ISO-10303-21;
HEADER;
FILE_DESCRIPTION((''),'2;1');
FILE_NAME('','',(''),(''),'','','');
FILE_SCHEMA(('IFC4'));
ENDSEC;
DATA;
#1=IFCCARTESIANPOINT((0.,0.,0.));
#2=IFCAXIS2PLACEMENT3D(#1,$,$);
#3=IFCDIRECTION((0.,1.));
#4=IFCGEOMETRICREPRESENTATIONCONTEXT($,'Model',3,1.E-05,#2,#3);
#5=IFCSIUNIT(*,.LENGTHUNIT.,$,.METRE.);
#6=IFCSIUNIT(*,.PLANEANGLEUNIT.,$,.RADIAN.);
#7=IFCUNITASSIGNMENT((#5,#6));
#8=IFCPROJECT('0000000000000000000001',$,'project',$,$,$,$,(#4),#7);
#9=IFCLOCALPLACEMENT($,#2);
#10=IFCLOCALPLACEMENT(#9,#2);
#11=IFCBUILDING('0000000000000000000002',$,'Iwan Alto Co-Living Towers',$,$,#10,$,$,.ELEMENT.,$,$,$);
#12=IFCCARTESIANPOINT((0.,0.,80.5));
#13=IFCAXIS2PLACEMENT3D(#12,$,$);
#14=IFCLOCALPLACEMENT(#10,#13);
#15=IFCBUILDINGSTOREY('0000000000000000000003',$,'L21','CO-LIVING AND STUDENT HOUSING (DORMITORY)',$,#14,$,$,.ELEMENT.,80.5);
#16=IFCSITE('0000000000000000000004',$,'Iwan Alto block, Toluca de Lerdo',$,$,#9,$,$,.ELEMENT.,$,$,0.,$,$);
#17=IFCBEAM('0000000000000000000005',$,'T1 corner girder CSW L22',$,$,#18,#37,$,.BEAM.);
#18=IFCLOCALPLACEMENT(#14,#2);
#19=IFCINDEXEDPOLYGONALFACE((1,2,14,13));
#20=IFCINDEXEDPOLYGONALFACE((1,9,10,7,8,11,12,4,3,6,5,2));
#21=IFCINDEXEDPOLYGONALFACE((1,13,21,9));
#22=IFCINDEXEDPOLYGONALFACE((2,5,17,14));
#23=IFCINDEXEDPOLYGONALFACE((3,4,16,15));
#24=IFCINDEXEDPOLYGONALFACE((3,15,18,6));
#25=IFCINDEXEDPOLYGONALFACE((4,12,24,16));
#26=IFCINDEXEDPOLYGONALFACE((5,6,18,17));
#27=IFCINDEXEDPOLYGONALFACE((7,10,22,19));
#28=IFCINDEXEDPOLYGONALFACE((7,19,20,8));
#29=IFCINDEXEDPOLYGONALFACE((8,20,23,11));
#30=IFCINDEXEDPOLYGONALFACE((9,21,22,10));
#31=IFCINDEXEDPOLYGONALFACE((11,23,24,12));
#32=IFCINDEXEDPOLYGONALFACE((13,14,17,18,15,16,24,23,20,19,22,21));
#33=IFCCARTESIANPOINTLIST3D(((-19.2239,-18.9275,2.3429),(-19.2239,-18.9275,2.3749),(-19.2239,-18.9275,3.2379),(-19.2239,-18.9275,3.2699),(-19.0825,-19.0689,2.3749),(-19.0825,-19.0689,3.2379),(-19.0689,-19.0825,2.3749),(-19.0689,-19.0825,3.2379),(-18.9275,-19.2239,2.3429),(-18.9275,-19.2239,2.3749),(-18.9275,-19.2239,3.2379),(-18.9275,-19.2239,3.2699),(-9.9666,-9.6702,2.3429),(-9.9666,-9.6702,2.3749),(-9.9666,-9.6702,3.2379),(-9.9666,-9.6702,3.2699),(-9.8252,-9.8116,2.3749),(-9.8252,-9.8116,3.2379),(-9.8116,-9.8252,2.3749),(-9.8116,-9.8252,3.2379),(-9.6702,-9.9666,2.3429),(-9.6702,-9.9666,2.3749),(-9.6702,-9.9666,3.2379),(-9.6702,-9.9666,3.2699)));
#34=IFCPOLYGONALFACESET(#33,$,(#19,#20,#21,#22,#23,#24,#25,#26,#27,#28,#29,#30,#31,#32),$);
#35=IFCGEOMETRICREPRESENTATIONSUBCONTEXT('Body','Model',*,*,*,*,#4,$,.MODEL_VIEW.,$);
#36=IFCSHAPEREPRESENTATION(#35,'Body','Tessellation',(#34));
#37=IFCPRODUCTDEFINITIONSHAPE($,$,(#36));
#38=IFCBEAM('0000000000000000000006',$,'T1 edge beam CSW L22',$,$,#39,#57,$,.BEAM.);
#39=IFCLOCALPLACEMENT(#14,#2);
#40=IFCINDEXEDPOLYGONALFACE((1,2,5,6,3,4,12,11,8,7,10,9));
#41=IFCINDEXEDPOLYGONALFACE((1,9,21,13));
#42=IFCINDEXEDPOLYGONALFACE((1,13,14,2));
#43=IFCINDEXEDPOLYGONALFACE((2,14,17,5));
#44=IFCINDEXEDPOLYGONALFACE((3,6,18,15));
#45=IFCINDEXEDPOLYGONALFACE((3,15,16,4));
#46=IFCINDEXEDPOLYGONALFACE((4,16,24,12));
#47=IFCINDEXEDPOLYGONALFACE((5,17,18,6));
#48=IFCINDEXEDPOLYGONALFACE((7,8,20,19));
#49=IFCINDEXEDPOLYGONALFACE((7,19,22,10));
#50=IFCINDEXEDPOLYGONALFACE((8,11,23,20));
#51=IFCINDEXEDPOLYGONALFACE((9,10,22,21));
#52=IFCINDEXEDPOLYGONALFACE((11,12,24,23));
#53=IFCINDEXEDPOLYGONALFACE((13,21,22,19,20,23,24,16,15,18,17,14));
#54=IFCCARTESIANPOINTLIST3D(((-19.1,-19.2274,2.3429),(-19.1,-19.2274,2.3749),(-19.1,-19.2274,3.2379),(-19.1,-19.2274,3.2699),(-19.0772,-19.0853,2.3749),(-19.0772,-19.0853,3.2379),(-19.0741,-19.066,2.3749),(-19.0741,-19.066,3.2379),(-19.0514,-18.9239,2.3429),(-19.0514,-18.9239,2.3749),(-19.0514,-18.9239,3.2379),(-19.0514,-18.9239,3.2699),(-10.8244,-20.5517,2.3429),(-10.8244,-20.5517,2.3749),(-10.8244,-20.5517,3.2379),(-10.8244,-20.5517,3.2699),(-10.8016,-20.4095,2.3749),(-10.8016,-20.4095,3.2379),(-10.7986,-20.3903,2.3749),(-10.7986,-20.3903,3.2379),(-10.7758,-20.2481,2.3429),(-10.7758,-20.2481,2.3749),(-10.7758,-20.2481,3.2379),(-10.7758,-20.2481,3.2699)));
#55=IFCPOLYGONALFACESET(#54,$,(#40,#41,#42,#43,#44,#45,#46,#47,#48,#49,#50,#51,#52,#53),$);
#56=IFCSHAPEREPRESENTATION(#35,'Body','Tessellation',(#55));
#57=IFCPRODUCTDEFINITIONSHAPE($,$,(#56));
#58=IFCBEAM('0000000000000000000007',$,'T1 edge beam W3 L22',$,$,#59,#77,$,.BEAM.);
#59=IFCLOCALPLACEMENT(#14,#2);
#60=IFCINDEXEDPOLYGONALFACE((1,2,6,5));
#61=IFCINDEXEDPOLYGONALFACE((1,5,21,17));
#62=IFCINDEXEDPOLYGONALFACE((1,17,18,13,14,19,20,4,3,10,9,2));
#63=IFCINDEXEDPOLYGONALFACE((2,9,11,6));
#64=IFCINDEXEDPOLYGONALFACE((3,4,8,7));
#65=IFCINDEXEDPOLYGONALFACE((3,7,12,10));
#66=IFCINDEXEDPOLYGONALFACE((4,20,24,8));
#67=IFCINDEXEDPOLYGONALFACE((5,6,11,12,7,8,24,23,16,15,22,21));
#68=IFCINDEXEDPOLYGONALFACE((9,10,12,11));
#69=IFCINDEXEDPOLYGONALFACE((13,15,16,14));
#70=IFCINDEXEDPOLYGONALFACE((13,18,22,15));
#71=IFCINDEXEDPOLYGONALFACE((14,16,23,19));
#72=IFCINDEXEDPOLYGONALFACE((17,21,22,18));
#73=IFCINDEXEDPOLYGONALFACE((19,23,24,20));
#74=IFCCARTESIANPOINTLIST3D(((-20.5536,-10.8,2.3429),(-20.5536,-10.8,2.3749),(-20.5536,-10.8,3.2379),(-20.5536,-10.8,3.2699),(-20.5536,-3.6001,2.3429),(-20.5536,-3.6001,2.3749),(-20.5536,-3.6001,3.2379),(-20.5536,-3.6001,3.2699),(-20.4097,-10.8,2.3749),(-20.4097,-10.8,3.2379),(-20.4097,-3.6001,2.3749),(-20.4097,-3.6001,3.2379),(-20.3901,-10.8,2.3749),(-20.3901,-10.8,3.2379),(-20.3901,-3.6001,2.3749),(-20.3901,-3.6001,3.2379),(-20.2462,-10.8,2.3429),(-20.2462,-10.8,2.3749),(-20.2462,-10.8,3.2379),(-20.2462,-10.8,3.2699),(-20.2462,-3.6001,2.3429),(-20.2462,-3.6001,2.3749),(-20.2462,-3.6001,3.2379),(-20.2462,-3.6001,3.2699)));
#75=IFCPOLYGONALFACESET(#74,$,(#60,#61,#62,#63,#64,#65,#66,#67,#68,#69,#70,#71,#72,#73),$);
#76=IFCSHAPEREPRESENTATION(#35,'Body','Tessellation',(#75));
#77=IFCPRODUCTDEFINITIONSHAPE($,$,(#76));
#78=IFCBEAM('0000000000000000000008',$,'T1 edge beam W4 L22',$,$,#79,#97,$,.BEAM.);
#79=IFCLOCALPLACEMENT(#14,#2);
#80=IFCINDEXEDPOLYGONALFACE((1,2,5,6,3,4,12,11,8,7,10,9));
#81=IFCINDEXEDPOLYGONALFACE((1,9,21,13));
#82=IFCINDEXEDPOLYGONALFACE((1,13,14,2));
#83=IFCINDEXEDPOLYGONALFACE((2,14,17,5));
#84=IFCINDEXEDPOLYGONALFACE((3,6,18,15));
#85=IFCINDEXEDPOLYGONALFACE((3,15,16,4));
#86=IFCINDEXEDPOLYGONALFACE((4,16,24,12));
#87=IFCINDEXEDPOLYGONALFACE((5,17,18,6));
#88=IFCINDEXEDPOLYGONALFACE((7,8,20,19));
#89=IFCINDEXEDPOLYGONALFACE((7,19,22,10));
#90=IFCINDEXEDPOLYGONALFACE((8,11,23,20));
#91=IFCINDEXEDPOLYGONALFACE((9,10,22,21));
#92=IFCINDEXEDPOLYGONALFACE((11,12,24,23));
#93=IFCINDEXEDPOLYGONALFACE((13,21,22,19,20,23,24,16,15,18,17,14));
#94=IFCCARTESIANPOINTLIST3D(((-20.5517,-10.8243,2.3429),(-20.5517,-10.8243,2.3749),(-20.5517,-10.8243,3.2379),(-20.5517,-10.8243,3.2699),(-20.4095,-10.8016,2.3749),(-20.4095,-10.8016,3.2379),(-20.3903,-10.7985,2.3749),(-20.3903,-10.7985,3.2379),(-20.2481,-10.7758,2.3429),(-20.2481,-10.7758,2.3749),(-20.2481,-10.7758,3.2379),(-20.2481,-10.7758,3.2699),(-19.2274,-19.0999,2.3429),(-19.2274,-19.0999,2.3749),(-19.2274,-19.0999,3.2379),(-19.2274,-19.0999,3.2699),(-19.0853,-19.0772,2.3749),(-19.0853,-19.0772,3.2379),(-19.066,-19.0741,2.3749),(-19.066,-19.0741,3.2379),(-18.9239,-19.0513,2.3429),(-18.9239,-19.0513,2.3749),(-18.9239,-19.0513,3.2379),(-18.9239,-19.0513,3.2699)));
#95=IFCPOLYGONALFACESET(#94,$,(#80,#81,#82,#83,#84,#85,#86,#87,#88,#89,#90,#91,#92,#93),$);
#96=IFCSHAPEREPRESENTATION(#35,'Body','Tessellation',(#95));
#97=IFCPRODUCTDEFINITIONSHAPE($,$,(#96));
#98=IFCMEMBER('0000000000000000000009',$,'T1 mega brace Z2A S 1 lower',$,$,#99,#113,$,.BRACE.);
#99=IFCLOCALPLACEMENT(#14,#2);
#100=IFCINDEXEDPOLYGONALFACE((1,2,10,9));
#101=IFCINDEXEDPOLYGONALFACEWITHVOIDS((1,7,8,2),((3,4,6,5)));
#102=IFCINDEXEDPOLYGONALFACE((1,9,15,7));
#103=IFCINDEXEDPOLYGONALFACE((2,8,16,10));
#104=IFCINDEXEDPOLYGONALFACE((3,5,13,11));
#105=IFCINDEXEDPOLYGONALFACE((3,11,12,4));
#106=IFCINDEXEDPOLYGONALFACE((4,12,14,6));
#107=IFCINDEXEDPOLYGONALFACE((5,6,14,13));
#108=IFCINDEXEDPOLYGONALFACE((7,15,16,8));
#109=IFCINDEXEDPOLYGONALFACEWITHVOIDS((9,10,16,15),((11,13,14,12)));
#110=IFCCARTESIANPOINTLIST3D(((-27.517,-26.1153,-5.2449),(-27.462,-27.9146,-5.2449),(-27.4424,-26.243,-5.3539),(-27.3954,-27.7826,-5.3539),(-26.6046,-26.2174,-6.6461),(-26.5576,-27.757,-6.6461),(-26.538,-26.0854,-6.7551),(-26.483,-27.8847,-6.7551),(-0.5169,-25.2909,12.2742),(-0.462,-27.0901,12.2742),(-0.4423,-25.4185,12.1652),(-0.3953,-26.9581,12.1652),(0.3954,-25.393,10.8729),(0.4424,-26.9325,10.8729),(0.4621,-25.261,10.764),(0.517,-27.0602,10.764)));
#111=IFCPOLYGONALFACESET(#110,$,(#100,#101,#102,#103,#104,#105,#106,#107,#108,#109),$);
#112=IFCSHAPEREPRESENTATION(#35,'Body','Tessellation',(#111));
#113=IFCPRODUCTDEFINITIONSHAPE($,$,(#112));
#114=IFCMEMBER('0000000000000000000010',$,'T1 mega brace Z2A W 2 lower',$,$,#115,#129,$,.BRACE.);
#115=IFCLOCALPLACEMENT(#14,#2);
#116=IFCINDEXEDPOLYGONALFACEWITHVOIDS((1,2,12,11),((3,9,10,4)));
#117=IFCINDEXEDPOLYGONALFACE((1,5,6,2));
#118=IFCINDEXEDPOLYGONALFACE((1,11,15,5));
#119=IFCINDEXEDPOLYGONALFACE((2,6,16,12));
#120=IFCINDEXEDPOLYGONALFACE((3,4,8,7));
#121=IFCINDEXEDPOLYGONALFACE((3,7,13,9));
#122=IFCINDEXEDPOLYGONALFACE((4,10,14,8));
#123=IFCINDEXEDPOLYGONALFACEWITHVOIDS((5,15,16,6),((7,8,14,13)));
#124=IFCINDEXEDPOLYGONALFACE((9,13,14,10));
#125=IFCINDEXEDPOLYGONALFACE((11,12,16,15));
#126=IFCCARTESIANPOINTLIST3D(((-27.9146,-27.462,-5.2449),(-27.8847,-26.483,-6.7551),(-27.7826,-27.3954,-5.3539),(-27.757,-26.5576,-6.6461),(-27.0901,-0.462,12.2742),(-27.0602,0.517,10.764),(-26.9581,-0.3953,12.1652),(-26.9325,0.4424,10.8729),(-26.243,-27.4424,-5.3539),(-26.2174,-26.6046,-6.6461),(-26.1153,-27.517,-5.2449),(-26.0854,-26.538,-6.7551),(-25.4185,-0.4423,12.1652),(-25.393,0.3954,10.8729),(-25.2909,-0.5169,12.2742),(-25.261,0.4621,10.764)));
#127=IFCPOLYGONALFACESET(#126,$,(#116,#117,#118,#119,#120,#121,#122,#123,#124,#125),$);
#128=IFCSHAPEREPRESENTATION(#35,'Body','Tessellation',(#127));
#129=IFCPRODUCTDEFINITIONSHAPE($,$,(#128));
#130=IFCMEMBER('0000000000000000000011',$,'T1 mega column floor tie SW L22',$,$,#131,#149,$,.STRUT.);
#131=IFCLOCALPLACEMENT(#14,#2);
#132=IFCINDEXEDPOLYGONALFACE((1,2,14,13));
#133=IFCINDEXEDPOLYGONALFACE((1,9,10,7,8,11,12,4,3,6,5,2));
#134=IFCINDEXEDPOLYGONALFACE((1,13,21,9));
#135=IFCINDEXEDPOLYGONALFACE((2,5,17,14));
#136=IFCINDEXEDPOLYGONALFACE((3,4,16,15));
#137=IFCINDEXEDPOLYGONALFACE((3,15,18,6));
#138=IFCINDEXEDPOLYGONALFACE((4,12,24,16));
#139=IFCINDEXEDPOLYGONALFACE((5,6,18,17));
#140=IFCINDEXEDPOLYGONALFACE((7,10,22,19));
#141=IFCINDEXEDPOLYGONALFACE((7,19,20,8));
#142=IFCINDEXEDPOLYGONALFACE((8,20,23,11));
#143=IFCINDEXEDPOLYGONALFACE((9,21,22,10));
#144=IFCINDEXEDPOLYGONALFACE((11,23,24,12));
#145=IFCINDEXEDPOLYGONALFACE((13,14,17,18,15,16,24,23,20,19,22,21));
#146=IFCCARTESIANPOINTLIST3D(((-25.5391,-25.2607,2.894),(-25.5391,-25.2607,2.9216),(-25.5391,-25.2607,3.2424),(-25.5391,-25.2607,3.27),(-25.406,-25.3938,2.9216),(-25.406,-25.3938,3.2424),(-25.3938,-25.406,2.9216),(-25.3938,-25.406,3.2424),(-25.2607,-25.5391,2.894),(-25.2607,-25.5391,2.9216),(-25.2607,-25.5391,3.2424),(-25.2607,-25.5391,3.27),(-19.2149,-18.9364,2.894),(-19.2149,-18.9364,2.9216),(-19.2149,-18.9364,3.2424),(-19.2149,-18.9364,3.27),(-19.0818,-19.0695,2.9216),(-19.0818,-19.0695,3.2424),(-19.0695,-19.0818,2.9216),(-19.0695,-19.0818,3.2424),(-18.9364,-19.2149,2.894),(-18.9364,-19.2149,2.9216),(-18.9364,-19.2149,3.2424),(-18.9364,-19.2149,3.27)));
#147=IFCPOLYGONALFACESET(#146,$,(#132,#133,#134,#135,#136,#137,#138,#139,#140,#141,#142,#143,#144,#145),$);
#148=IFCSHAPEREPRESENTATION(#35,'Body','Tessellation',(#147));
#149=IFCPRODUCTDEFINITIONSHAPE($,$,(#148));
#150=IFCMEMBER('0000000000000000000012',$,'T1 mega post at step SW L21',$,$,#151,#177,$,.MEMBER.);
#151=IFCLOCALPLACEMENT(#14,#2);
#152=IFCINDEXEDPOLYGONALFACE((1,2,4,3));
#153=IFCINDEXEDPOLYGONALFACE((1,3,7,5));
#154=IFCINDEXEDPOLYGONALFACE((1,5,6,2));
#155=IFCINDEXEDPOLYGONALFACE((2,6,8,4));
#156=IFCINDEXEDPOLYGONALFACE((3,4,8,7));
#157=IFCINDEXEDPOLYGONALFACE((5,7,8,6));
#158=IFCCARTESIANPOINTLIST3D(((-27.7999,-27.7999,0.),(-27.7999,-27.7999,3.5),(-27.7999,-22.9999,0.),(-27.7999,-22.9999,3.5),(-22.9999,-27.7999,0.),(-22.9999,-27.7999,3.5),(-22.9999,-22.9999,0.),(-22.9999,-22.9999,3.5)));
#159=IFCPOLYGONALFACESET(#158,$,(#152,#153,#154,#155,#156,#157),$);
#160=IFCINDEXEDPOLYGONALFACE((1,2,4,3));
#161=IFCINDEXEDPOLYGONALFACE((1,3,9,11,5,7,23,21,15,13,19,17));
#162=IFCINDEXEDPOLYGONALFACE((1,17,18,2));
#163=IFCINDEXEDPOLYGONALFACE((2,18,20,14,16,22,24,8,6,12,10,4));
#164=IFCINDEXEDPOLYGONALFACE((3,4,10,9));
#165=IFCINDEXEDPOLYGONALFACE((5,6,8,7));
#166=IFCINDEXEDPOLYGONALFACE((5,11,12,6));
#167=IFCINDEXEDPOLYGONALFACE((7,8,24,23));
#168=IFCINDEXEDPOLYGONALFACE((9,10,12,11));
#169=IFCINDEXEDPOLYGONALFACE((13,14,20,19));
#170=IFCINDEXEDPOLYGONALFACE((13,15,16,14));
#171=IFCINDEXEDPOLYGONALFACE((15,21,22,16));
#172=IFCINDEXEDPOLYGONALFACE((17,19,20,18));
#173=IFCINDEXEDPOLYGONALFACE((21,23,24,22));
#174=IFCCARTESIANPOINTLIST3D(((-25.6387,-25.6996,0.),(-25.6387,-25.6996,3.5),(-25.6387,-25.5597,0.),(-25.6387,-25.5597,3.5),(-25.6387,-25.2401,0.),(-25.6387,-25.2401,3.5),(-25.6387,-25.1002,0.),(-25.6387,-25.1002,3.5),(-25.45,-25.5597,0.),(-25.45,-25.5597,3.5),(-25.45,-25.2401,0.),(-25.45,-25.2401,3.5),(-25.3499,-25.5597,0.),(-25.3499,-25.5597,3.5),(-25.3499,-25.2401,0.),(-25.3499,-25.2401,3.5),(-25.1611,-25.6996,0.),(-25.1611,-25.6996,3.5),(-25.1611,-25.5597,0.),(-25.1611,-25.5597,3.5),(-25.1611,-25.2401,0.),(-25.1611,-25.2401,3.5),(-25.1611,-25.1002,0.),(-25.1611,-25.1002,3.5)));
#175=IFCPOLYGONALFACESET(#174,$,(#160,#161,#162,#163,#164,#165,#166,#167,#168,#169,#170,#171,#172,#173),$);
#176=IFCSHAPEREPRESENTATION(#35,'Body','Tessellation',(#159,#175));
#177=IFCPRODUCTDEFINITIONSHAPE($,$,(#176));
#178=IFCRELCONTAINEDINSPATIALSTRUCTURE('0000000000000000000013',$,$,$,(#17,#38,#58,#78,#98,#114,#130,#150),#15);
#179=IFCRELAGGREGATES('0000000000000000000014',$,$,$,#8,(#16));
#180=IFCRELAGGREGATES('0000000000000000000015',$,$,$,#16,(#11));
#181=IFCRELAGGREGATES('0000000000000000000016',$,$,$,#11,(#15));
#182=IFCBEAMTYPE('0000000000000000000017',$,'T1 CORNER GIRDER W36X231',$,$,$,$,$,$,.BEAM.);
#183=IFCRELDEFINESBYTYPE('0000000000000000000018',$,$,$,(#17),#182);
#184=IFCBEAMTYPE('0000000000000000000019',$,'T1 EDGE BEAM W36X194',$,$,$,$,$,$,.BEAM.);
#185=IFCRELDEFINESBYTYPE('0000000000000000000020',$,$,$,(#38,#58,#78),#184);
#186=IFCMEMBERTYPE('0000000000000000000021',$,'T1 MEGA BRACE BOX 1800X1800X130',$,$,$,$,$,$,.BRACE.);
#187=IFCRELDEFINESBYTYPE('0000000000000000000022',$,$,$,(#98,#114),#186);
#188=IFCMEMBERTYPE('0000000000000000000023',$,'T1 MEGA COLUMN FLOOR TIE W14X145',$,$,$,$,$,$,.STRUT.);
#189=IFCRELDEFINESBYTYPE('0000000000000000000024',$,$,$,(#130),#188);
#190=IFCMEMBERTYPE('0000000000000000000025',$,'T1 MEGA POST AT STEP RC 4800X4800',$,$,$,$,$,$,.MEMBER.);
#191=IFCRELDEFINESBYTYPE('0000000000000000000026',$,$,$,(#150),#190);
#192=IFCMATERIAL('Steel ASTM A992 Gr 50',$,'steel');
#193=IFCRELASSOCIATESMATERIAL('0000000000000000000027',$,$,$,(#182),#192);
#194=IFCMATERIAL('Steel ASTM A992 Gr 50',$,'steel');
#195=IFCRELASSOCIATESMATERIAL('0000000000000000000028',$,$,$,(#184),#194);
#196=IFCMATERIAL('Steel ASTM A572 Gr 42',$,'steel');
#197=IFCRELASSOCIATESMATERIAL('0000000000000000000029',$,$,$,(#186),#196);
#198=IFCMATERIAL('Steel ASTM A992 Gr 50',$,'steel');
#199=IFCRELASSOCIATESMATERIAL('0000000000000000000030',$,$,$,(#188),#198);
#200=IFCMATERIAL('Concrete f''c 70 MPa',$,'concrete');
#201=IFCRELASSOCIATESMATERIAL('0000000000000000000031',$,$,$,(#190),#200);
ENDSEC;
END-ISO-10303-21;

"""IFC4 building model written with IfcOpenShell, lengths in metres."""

from ifc_helpers import new_model, si_unit, direction, frame, origin, origin_2d, place, context, subcontext, project, spatial, rectangle, hollow_rectangle, i_section, extrude, material, material_profile, profile_set, type_object, element, save


model = new_model("IFC4")

# Units and contexts
model_context = context("Model", 3, precision=1e-05, world=origin(), true_north=direction((0.0, 1.0)))
body_context = subcontext(model_context, "Body", "Model", "MODEL_VIEW")
ifc_project = project(units=[si_unit("LENGTHUNIT", "METRE"), si_unit("PLANEANGLEUNIT", "RADIAN")], contexts=[model_context])

# Site, building, storey
site_placement = place(None, origin())
site = spatial("IfcSite", under=ifc_project, at=site_placement, Name="Iwan Alto block, Toluca de Lerdo", CompositionType="ELEMENT", RefElevation=0.0)
building_placement = place(site_placement, origin())
building = spatial("IfcBuilding", under=site, at=building_placement, Name="Iwan Alto Co-Living Towers", CompositionType="ELEMENT")
storey_placement = place(building_placement, frame((0.0, 0.0, 80.5)))
storey = spatial("IfcBuildingStorey", under=building, at=storey_placement, Name="L21", Description="CO-LIVING AND STUDENT HOUSING (DORMITORY)", CompositionType="ELEMENT", Elevation=80.5)

# Beams
ifc_material_1 = material(Name="Steel ASTM A992 Gr 50", Category="steel")
ifc_material_profile_1 = material_profile(ifc_material_1, i_section(OverallWidth=0.4192, OverallDepth=0.927, WebThickness=0.0193, FlangeThickness=0.032, at=origin_2d()), Name="W36X231")
ifc_profile_set_1 = profile_set([ifc_material_profile_1], Name="Steel ASTM A992 Gr 50")
beam_type_1 = type_object("IfcBeamType", Name="T1 CORNER GIRDER W36X231", PredefinedType="BEAM", material=ifc_profile_set_1)
beam_1_placement = place(storey_placement, frame((-19.0757, -19.0757, 2.8064), z_axis=(0.707107, 0.707107, 0.0), x_axis=(-0.707107, 0.707107, 0.0)))
element("IfcBeam", 1, at=beam_1_placement, inside=storey, type_object=beam_type_1, Name="T1 corner girder CSW L22", PredefinedType="BEAM", context=body_context, shape_type="SweptSolid", body=[
    extrude(i_section(OverallWidth=0.4192, OverallDepth=0.927, WebThickness=0.0193, FlangeThickness=0.032, at=origin_2d()), origin(), (0.0, 0.0, 1.0), 13.0918),
])
ifc_material_2 = material(Name="Steel ASTM A992 Gr 50", Category="steel")
ifc_material_profile_2 = material_profile(ifc_material_2, i_section(OverallWidth=0.3074, OverallDepth=0.927, WebThickness=0.0195, FlangeThickness=0.032, at=origin_2d()), Name="W36X194")
ifc_profile_set_2 = profile_set([ifc_material_profile_2], Name="Steel ASTM A992 Gr 50")
beam_type_2 = type_object("IfcBeamType", Name="T1 EDGE BEAM W36X194", PredefinedType="BEAM", material=ifc_profile_set_2)
beam_2_placement = place(storey_placement, frame((-19.0757, -19.0757, 2.8064), z_axis=(0.987438, -0.158004, 0.0), x_axis=(0.158004, 0.987438, 0.0)))
element("IfcBeam", 2, at=beam_2_placement, inside=storey, type_object=beam_type_2, Name="T1 edge beam CSW L22", PredefinedType="BEAM", context=body_context, shape_type="SweptSolid", body=[
    extrude(i_section(OverallWidth=0.3074, OverallDepth=0.927, WebThickness=0.0195, FlangeThickness=0.032, at=origin_2d()), origin(), (0.0, 0.0, 1.0), 8.3809),
])
beam_3_placement = place(storey_placement, frame((-20.3999, -3.6001, 2.8064), z_axis=(0.0, -1.0, 0.0), x_axis=(1.0, 0.0, 0.0)))
element("IfcBeam", 3, at=beam_3_placement, inside=storey, type_object=beam_type_2, Name="T1 edge beam W3 L22", PredefinedType="BEAM", context=body_context, shape_type="SweptSolid", body=[
    extrude(i_section(OverallWidth=0.3074, OverallDepth=0.927, WebThickness=0.0195, FlangeThickness=0.032, at=origin_2d()), origin(), (0.0, 0.0, 1.0), 7.2),
])
beam_4_placement = place(storey_placement, frame((-20.3999, -10.8, 2.8064), z_axis=(0.158004, -0.987438, 0.0), x_axis=(0.987438, 0.158004, 0.0)))
element("IfcBeam", 4, at=beam_4_placement, inside=storey, type_object=beam_type_2, Name="T1 edge beam W4 L22", PredefinedType="BEAM", context=body_context, shape_type="SweptSolid", body=[
    extrude(i_section(OverallWidth=0.3074, OverallDepth=0.927, WebThickness=0.0195, FlangeThickness=0.032, at=origin_2d()), origin(), (0.0, 0.0, 1.0), 8.3809),
])

# Members
ifc_material_3 = material(Name="Steel ASTM A572 Gr 42", Category="steel")
ifc_material_profile_3 = material_profile(ifc_material_3, hollow_rectangle(XDim=1.8, YDim=1.8, WallThickness=0.1299, at=origin_2d()), Name="BOX 1800X1800X130")
ifc_profile_set_3 = profile_set([ifc_material_profile_3], Name="Steel ASTM A572 Gr 42")
member_type_1 = type_object("IfcMemberType", Name="T1 MEGA BRACE BOX 1800X1800X130", PredefinedType="BRACE", material=ifc_profile_set_3)
for number, where, z_axis, x_axis, name in (
    (5, (-27.0, -27.0, -6.0), (0.838608, 0.025607, 0.544134), (-0.030521, 0.999534, 0.0), "T1 mega brace Z2A S 1 lower"),
    (6, (-27.0, -27.0, -6.0), (0.025607, 0.838608, 0.544134), (-0.999534, 0.030521, 0.0), "T1 mega brace Z2A W 2 lower"),
):
    element("IfcMember", number, at=place(storey_placement, frame(where, z_axis=z_axis, x_axis=x_axis)), inside=storey, type_object=member_type_1, Name=name, PredefinedType="BRACE", context=body_context, shape_type="SweptSolid", body=[
        extrude(hollow_rectangle(XDim=1.8, YDim=1.8, WallThickness=0.1299, at=origin_2d()), origin(), (0.0, 0.0, 1.0), 32.1963),
    ])
ifc_material_4 = material(Name="Steel ASTM A992 Gr 50", Category="steel")
ifc_material_profile_4 = material_profile(ifc_material_4, i_section(OverallWidth=0.3938, OverallDepth=0.376, WebThickness=0.0173, FlangeThickness=0.0276, at=origin_2d()), Name="W14X145")
ifc_profile_set_4 = profile_set([ifc_material_profile_4], Name="Steel ASTM A992 Gr 50")
member_type_2 = type_object("IfcMemberType", Name="T1 MEGA COLUMN FLOOR TIE W14X145", PredefinedType="STRUT", material=ifc_profile_set_4)
member_1_placement = place(storey_placement, frame((-25.3999, -25.3999, 3.082), z_axis=(0.707107, 0.707107, 0.0), x_axis=(-0.707107, 0.707107, 0.0)))
element("IfcMember", 7, at=member_1_placement, inside=storey, type_object=member_type_2, Name="T1 mega column floor tie SW L22", PredefinedType="STRUT", context=body_context, shape_type="SweptSolid", body=[
    extrude(i_section(OverallWidth=0.3938, OverallDepth=0.376, WebThickness=0.0173, FlangeThickness=0.0276, at=origin_2d()), origin(), (0.0, 0.0, 1.0), 8.9438),
])
ifc_material_5 = material(Name="Concrete f'c 70 MPa", Category="concrete")
ifc_material_profile_5 = material_profile(ifc_material_5, rectangle(XDim=4.8, YDim=4.8, at=origin_2d()), Name="RC 4800X4800")
ifc_profile_set_5 = profile_set([ifc_material_profile_5], Name="Concrete f'c 70 MPa")
member_type_3 = type_object("IfcMemberType", Name="T1 MEGA POST AT STEP RC 4800X4800", PredefinedType="MEMBER", material=ifc_profile_set_5)
member_2_placement = place(storey_placement, frame((-25.3999, -25.3999, 0.0), z_axis=(0.0, 0.0, 1.0), x_axis=(1.0, 0.0, 0.0)))
element("IfcMember", 8, at=member_2_placement, inside=storey, type_object=member_type_3, Name="T1 mega post at step SW L21", PredefinedType="MEMBER", context=body_context, shape_type="SweptSolid", body=[
    extrude(rectangle(XDim=4.8, YDim=4.8, at=origin_2d()), origin(), (0.0, 0.0, 1.0), 3.5),
    extrude(i_section(OverallWidth=0.4775, OverallDepth=0.5994, WebThickness=0.1001, FlangeThickness=0.1399, at=origin_2d()), origin(), (0.0, 0.0, 1.0), 3.5),
])

save(model, "model.ifc")
